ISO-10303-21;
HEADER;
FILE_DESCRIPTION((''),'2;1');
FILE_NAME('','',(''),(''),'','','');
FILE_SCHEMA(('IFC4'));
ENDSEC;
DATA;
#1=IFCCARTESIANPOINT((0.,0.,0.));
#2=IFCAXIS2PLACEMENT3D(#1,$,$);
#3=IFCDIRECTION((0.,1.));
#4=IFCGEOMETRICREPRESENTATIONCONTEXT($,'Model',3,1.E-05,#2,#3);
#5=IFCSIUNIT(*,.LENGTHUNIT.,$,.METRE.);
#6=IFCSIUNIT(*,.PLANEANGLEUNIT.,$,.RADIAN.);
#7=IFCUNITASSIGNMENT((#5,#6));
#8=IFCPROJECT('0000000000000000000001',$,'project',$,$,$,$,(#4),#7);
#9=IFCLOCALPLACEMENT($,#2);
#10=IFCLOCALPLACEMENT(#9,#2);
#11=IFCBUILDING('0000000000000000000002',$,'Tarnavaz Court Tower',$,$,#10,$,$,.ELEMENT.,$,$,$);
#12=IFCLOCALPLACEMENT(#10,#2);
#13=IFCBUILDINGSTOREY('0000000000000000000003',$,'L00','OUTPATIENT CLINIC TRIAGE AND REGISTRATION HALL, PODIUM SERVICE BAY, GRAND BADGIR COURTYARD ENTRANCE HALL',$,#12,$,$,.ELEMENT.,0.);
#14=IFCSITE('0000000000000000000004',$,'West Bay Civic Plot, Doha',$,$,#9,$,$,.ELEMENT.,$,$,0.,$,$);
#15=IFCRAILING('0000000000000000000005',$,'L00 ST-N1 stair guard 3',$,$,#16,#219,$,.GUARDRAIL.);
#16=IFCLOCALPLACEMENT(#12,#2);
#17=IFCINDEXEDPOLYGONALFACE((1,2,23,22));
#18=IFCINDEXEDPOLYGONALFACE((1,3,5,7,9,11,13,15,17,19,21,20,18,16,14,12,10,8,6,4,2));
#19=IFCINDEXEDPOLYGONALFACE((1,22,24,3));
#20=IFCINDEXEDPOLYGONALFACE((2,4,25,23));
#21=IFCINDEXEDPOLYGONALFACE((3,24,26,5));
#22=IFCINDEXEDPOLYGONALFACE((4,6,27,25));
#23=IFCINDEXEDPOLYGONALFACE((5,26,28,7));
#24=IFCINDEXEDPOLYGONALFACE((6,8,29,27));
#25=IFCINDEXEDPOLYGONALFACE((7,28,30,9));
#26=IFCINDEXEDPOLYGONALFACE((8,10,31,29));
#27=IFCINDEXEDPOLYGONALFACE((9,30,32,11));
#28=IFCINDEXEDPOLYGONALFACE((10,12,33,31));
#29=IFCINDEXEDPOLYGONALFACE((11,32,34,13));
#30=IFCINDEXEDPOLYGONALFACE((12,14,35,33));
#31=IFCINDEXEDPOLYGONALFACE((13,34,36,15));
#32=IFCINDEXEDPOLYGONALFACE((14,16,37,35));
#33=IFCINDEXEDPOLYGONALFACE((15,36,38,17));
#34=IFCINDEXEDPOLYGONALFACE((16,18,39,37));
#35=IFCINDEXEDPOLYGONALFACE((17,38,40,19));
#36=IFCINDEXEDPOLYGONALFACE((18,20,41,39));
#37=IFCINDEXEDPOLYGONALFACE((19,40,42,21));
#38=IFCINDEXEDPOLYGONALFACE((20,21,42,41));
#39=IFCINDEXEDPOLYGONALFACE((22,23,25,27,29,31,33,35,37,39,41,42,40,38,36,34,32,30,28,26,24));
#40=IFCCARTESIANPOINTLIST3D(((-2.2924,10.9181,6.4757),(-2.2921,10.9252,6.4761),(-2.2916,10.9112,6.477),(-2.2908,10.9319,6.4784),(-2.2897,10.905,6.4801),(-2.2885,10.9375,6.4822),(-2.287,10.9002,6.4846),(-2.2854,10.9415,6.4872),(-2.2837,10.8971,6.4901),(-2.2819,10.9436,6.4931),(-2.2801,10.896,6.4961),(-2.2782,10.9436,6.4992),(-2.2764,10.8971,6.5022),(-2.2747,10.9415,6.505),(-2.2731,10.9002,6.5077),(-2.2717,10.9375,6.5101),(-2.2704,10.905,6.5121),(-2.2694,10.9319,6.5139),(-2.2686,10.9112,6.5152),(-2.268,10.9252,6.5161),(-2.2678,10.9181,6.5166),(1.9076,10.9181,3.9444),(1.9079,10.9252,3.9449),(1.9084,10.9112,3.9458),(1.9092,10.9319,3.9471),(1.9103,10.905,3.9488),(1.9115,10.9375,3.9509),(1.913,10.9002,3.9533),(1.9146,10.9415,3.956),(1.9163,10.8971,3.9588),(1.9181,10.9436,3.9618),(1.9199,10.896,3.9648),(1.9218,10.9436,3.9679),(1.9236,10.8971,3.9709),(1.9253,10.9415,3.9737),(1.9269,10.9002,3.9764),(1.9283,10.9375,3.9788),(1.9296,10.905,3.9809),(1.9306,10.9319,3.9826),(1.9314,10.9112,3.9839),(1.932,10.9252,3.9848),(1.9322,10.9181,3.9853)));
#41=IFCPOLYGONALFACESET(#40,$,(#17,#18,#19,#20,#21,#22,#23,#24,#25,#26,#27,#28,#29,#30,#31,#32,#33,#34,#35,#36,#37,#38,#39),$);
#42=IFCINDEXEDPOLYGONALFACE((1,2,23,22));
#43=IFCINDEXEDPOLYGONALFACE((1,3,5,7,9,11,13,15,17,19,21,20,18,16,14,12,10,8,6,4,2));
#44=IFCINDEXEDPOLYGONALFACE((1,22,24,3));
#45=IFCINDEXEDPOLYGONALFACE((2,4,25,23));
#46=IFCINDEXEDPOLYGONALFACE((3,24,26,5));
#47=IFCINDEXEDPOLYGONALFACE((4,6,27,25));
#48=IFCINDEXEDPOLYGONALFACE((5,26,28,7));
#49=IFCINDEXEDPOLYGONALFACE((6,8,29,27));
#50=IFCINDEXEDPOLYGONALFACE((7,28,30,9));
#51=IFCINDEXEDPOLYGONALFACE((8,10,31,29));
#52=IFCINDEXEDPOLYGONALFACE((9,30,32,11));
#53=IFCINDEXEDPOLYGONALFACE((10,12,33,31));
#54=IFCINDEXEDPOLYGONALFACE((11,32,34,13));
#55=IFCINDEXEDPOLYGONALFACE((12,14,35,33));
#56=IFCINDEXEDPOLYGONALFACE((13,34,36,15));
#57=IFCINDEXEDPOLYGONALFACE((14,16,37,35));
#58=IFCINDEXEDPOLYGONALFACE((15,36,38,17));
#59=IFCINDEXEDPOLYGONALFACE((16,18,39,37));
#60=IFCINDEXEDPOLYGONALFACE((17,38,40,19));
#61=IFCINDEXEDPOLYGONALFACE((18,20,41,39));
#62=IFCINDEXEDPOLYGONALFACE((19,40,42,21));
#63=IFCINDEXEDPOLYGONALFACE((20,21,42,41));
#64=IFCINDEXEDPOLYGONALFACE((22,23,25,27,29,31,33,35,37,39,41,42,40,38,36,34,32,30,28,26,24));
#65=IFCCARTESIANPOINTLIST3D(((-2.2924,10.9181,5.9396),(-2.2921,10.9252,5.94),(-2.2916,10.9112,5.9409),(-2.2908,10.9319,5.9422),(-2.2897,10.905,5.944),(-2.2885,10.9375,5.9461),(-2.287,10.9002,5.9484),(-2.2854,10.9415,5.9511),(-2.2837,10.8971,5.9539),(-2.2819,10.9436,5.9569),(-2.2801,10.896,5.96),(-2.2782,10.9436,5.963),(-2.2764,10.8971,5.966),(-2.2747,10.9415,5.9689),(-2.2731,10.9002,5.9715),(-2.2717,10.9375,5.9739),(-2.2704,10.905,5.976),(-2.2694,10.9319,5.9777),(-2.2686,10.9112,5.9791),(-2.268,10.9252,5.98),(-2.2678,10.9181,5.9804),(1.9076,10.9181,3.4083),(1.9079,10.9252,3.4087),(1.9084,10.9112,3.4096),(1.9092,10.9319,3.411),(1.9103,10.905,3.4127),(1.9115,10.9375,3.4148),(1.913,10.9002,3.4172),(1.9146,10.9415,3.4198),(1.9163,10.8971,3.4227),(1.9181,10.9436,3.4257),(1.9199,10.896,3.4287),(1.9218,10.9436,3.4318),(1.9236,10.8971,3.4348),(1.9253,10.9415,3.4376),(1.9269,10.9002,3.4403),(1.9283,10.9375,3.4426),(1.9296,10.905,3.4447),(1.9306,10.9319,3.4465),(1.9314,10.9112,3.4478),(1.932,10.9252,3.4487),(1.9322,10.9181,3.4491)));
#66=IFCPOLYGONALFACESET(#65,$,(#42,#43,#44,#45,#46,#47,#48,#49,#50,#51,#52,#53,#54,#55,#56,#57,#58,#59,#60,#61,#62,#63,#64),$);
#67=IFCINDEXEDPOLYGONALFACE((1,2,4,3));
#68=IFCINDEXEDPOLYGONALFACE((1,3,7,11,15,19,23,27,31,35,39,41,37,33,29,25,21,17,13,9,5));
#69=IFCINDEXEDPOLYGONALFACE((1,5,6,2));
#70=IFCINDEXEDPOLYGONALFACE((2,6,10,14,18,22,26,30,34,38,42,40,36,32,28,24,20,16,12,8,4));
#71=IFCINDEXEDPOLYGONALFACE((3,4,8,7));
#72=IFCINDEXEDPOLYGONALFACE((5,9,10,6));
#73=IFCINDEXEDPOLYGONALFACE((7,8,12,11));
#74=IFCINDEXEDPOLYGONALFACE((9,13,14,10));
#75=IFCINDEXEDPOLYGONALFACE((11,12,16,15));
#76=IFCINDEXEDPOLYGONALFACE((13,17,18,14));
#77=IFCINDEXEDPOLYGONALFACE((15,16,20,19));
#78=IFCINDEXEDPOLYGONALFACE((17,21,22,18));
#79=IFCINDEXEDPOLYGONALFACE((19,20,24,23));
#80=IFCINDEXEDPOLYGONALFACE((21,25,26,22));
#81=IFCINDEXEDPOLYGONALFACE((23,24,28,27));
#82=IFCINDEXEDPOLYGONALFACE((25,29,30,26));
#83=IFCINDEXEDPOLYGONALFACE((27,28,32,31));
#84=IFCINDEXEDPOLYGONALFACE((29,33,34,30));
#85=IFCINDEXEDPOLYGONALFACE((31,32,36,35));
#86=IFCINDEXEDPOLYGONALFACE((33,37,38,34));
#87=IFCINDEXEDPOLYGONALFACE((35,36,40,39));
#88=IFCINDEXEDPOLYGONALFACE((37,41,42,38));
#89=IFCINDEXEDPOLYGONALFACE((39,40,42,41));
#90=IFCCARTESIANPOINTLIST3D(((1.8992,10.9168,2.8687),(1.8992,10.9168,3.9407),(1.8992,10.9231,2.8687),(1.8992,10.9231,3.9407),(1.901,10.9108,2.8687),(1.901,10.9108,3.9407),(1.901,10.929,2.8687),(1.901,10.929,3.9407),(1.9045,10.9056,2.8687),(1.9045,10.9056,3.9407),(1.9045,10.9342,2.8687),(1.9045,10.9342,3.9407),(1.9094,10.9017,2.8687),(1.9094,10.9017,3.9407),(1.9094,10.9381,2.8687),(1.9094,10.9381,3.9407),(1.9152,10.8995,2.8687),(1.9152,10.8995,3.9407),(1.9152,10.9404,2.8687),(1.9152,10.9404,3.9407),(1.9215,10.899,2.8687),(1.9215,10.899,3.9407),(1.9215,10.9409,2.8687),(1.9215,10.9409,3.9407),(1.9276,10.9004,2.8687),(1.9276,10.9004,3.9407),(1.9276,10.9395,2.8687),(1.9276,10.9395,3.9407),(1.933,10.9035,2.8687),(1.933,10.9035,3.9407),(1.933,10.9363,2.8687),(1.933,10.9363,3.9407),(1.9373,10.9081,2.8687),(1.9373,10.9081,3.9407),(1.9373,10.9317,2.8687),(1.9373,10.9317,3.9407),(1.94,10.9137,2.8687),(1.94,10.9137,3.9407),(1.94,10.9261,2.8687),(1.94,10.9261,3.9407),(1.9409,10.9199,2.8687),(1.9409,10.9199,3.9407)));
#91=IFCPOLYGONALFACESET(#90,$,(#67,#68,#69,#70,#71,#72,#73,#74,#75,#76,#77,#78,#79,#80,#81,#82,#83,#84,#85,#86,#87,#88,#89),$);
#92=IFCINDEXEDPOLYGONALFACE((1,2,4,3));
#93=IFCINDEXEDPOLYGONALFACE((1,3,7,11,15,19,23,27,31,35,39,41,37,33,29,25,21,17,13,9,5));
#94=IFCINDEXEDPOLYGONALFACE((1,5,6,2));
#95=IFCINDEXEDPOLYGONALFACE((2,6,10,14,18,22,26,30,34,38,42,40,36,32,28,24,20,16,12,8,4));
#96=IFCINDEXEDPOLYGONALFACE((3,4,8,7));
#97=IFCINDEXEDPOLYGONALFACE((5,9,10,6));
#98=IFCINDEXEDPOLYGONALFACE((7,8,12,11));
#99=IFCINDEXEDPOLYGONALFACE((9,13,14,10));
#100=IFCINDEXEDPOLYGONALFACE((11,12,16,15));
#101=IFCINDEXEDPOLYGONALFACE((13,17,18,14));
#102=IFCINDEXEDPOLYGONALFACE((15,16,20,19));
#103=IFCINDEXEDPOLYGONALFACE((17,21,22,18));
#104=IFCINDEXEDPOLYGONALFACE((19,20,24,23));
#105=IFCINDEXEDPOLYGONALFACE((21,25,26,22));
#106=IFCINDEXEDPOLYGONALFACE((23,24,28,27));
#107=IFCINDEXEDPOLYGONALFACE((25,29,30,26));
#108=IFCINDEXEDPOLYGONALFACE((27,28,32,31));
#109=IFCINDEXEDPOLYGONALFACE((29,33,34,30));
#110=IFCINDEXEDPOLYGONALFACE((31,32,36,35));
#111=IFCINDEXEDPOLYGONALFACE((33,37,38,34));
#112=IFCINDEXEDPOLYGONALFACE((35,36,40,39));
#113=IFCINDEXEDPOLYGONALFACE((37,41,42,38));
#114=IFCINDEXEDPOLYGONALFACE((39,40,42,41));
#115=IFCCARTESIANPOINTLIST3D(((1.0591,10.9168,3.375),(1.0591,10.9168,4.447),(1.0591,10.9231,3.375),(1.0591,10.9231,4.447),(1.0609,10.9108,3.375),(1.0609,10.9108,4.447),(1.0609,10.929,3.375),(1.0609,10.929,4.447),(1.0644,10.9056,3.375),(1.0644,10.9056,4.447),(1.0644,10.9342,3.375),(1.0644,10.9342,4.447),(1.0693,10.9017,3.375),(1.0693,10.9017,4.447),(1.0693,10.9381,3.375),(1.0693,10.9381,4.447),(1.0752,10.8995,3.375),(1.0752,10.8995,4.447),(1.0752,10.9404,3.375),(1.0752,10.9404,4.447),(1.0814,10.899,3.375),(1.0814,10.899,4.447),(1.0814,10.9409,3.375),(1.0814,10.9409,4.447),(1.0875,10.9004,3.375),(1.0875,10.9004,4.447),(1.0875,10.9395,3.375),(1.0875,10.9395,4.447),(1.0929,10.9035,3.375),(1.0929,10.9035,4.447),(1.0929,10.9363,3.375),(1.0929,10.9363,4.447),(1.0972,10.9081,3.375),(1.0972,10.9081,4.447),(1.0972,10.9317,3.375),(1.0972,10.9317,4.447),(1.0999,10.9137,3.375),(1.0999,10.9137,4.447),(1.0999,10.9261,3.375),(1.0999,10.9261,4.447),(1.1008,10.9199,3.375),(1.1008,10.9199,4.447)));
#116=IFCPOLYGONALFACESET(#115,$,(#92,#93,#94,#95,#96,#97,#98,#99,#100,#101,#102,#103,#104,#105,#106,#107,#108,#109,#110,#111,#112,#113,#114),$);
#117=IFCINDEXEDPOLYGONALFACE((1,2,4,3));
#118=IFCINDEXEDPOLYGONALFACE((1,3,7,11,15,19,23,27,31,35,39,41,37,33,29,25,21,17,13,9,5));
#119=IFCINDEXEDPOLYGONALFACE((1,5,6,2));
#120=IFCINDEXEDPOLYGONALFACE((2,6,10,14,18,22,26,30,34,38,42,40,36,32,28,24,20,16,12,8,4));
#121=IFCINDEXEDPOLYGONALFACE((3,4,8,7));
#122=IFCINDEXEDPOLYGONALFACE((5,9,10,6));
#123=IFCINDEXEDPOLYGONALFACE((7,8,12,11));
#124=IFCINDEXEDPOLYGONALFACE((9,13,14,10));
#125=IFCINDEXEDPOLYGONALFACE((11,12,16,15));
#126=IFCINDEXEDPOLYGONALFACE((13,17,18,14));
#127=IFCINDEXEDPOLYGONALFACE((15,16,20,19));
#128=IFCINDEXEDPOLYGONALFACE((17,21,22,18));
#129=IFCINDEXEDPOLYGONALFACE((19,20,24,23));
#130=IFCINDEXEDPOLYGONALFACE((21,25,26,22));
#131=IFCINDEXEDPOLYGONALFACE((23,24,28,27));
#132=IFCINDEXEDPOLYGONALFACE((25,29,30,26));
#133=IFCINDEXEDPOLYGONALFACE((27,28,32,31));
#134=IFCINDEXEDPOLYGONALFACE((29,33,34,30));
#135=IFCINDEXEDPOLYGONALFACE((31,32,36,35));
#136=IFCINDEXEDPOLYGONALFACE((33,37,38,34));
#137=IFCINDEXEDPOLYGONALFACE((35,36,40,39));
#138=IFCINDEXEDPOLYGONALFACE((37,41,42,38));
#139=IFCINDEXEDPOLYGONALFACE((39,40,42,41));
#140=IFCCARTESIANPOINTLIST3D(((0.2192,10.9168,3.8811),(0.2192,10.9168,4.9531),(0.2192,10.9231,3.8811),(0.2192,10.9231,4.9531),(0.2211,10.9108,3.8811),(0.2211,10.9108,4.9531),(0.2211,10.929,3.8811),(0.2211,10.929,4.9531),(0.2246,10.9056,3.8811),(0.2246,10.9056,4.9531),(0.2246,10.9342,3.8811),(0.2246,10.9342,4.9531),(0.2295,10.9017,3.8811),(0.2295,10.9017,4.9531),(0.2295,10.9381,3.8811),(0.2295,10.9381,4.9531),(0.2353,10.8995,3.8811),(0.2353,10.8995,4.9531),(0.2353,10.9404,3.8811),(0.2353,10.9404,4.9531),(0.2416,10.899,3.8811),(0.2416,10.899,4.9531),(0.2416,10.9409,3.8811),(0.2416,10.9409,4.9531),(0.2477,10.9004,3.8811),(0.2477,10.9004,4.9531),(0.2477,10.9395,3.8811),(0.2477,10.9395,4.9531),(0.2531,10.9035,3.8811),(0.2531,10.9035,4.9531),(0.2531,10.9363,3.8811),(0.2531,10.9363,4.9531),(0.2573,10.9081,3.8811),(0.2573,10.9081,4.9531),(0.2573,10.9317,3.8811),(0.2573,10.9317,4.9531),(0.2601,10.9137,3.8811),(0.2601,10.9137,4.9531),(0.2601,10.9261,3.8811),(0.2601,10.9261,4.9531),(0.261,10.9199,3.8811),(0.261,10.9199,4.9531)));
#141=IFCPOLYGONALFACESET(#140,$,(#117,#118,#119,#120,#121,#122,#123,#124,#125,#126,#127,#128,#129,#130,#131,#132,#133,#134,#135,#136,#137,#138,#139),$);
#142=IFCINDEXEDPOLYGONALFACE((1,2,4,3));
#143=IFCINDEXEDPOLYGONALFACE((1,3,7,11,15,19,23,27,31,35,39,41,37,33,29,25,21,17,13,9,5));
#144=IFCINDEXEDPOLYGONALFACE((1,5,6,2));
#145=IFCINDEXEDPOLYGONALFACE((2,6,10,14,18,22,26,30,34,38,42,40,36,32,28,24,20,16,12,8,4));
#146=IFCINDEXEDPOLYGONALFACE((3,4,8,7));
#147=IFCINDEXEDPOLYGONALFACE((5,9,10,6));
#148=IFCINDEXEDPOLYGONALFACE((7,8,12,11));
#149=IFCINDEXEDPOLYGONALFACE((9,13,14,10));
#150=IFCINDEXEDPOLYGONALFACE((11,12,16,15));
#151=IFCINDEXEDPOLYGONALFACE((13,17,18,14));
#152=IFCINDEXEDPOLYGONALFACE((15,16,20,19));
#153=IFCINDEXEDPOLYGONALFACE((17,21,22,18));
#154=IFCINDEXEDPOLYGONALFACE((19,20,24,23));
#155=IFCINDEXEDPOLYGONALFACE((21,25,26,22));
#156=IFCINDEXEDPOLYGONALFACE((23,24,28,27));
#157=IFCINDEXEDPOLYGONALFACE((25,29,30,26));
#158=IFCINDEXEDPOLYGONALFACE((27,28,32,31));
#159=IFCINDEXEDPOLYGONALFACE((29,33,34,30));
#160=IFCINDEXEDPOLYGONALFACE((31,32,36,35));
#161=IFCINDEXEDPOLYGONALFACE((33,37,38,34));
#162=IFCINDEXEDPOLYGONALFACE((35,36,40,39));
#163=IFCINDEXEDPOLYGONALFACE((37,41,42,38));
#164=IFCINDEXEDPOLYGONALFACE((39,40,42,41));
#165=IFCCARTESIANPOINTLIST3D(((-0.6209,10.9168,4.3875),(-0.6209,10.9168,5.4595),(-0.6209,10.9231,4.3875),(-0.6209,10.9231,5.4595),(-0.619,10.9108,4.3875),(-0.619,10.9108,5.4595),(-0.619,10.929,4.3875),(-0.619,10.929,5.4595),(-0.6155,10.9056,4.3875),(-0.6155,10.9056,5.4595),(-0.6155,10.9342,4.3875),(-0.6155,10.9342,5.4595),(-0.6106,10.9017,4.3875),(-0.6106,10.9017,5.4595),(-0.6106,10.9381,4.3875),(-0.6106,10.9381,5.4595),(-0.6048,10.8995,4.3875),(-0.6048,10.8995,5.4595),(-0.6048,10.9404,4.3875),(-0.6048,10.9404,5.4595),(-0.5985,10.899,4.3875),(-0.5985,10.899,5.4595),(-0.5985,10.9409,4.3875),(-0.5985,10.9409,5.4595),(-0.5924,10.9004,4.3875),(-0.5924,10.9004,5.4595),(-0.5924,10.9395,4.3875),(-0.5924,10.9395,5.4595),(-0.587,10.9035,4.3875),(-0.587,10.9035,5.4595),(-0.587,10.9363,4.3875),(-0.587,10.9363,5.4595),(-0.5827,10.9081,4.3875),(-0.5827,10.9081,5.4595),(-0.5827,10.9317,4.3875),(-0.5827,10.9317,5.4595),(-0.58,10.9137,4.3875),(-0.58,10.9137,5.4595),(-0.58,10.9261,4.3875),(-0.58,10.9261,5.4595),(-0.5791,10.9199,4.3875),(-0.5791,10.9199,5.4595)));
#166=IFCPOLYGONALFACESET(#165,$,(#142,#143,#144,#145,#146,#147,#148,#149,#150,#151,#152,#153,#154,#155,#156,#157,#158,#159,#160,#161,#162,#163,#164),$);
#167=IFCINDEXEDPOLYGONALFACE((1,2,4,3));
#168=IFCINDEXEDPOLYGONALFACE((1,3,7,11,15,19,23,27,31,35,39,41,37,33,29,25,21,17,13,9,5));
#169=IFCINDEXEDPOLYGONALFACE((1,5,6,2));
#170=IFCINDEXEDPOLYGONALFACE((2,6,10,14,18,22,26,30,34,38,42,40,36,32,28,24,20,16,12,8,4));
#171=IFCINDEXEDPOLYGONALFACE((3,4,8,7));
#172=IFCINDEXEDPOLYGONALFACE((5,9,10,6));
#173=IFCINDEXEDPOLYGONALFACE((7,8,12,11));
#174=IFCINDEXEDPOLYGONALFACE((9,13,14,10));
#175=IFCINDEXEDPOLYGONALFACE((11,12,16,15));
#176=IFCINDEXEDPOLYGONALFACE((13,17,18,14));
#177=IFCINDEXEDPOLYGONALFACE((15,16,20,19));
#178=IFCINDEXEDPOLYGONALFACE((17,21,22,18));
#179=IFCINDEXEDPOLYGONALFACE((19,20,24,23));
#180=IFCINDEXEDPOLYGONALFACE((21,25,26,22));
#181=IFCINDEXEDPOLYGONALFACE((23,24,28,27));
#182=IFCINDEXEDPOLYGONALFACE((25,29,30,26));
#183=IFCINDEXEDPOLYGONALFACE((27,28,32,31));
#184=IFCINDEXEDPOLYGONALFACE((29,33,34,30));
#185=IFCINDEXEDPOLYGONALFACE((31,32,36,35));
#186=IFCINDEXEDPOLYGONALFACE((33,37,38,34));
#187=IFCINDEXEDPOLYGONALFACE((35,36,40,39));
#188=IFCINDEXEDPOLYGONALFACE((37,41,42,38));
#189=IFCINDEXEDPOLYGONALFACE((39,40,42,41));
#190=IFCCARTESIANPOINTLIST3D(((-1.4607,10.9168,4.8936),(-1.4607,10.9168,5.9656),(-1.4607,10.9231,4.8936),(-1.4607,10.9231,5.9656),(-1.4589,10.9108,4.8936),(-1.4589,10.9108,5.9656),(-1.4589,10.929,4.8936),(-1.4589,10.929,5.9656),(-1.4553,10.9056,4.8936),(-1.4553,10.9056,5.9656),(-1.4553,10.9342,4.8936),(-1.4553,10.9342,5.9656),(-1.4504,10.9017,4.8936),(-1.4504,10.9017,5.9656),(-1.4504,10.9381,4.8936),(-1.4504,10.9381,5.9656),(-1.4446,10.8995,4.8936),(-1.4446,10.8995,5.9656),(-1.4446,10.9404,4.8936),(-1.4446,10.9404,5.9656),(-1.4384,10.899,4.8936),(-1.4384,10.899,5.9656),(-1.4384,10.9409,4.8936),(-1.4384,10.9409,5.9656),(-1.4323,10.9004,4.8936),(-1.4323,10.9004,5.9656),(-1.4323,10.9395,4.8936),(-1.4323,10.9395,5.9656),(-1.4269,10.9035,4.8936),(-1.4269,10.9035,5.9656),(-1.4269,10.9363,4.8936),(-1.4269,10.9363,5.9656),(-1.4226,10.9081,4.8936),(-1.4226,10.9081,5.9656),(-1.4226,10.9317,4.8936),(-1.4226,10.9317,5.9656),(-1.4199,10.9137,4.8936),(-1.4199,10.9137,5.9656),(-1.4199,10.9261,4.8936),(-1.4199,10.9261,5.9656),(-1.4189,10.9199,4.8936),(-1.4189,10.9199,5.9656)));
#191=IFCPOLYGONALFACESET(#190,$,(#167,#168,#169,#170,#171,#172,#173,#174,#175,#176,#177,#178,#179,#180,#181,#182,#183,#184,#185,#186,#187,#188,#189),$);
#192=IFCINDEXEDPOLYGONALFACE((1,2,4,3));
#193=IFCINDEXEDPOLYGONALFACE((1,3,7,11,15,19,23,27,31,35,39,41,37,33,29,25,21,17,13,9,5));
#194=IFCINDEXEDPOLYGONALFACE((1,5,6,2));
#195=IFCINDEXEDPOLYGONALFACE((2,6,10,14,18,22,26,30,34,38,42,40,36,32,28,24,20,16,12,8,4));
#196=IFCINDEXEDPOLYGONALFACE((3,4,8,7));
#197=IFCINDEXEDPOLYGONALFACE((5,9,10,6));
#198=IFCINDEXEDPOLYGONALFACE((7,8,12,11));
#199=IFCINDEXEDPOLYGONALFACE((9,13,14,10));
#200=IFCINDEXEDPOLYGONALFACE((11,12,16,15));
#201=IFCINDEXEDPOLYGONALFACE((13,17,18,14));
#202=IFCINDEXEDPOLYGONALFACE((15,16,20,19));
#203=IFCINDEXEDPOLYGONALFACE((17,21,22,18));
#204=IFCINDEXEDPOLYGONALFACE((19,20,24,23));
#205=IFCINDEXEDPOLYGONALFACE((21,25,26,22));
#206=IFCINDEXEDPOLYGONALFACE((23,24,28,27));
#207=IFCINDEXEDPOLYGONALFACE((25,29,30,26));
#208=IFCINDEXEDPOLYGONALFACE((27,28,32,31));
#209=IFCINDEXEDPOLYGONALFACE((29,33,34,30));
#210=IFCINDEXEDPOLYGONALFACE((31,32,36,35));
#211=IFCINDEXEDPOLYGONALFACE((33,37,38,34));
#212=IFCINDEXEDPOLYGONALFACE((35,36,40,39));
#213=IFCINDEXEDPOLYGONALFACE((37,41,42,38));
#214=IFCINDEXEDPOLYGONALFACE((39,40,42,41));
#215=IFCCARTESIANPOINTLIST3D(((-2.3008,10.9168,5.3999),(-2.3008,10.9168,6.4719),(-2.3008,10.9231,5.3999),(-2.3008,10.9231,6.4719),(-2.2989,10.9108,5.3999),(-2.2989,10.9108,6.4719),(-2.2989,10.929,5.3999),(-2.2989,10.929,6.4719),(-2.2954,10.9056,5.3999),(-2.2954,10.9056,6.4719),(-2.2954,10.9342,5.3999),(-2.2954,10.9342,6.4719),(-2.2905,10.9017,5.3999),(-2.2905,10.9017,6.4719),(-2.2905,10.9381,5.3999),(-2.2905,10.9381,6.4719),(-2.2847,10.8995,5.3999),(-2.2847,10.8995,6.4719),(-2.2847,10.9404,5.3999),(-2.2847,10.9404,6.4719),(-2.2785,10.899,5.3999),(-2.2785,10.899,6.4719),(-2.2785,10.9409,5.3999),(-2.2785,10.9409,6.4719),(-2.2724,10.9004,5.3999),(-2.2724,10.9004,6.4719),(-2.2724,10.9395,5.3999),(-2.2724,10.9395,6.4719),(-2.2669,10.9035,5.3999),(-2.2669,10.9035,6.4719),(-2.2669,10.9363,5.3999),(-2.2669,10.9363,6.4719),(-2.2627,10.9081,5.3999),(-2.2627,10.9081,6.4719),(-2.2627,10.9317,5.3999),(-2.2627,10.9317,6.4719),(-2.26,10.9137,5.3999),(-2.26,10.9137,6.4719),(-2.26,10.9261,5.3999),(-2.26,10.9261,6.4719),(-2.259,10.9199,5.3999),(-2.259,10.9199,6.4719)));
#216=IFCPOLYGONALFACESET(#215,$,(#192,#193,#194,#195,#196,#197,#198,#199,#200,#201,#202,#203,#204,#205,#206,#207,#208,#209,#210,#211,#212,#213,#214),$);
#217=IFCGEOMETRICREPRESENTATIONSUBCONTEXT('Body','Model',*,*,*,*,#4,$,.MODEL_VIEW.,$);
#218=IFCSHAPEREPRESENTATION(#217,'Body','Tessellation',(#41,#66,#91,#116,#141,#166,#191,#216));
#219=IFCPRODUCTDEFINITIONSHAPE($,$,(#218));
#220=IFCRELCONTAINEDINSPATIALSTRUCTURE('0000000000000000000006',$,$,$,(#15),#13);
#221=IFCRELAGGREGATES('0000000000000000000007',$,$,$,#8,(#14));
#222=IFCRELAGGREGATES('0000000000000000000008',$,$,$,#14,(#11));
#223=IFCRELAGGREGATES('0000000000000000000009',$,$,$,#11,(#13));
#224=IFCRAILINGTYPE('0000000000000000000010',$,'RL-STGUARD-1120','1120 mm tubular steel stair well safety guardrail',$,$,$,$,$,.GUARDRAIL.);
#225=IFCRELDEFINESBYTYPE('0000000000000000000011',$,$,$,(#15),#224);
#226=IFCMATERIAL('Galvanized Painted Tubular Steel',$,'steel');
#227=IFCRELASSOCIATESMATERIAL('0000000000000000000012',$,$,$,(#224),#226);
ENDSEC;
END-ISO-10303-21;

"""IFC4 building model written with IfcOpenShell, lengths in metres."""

from ifc_helpers import new_model, si_unit, direction, frame, origin, origin_2d, place, context, subcontext, project, spatial, circle, extrude, material, type_object, element, save


model = new_model("IFC4")

# Units and contexts
model_context = context("Model", 3, precision=1e-05, world=origin(), true_north=direction((0.0, 1.0)))
body_context = subcontext(model_context, "Body", "Model", "MODEL_VIEW")
ifc_project = project(units=[si_unit("LENGTHUNIT", "METRE"), si_unit("PLANEANGLEUNIT", "RADIAN")], contexts=[model_context])

# Site, building, storey
site_placement = place(None, origin())
site = spatial("IfcSite", under=ifc_project, at=site_placement, Name="West Bay Civic Plot, Doha", CompositionType="ELEMENT", RefElevation=0.0)
building_placement = place(site_placement, origin())
building = spatial("IfcBuilding", under=site, at=building_placement, Name="Tarnavaz Court Tower", CompositionType="ELEMENT")
storey_placement = place(building_placement, origin())
storey = spatial("IfcBuildingStorey", under=building, at=storey_placement, Name="L00", Description="OUTPATIENT CLINIC TRIAGE AND REGISTRATION HALL, PODIUM SERVICE BAY, GRAND BADGIR COURTYARD ENTRANCE HALL", CompositionType="ELEMENT", Elevation=0.0)

# Railing
ifc_material_1 = material(Name="Galvanized Painted Tubular Steel", Category="steel")
railing_type_1 = type_object("IfcRailingType", Name="RL-STGUARD-1120", Description="1120 mm tubular steel stair well safety guardrail", PredefinedType="GUARDRAIL", material=ifc_material_1)
railing_1_placement = place(storey_placement, frame((1.9199, 10.9199, 2.8687)))
element("IfcRailing", 1, at=railing_1_placement, inside=storey, type_object=railing_type_1, Name="L00 ST-N1 stair guard 3", PredefinedType="GUARDRAIL", context=body_context, shape_type="SweptSolid", body=[
    extrude(circle(Radius=0.0239, at=origin_2d()), frame((0.0, 0.0, 1.0962), z_axis=(-0.856476, 0.0, 0.516186), x_axis=(0.0, -1.0, 0.0)), (0.0, 0.0, 1.0), 4.9038),
    extrude(circle(Radius=0.0239, at=origin_2d()), frame((0.0, 0.0, 0.5601), z_axis=(-0.856476, 0.0, 0.516186), x_axis=(0.0, -1.0, 0.0)), (0.0, 0.0, 1.0), 4.9038),
    extrude(circle(Radius=0.021, at=origin_2d()), origin(), (0.0, 0.0, 1.0), 1.072),
    extrude(circle(Radius=0.021, at=origin_2d()), frame((-0.8401, 0.0, 0.5063)), (0.0, 0.0, 1.0), 1.072),
    extrude(circle(Radius=0.021, at=origin_2d()), frame((-1.6799, 0.0, 1.0125)), (0.0, 0.0, 1.0), 1.072),
    extrude(circle(Radius=0.021, at=origin_2d()), frame((-2.52, 0.0, 1.5188)), (0.0, 0.0, 1.0), 1.072),
    extrude(circle(Radius=0.021, at=origin_2d()), frame((-3.3599, 0.0, 2.0249)), (0.0, 0.0, 1.0), 1.072),
    extrude(circle(Radius=0.021, at=origin_2d()), frame((-4.2, 0.0, 2.5312)), (0.0, 0.0, 1.0), 1.072),
])

save(model, "model.ifc")
